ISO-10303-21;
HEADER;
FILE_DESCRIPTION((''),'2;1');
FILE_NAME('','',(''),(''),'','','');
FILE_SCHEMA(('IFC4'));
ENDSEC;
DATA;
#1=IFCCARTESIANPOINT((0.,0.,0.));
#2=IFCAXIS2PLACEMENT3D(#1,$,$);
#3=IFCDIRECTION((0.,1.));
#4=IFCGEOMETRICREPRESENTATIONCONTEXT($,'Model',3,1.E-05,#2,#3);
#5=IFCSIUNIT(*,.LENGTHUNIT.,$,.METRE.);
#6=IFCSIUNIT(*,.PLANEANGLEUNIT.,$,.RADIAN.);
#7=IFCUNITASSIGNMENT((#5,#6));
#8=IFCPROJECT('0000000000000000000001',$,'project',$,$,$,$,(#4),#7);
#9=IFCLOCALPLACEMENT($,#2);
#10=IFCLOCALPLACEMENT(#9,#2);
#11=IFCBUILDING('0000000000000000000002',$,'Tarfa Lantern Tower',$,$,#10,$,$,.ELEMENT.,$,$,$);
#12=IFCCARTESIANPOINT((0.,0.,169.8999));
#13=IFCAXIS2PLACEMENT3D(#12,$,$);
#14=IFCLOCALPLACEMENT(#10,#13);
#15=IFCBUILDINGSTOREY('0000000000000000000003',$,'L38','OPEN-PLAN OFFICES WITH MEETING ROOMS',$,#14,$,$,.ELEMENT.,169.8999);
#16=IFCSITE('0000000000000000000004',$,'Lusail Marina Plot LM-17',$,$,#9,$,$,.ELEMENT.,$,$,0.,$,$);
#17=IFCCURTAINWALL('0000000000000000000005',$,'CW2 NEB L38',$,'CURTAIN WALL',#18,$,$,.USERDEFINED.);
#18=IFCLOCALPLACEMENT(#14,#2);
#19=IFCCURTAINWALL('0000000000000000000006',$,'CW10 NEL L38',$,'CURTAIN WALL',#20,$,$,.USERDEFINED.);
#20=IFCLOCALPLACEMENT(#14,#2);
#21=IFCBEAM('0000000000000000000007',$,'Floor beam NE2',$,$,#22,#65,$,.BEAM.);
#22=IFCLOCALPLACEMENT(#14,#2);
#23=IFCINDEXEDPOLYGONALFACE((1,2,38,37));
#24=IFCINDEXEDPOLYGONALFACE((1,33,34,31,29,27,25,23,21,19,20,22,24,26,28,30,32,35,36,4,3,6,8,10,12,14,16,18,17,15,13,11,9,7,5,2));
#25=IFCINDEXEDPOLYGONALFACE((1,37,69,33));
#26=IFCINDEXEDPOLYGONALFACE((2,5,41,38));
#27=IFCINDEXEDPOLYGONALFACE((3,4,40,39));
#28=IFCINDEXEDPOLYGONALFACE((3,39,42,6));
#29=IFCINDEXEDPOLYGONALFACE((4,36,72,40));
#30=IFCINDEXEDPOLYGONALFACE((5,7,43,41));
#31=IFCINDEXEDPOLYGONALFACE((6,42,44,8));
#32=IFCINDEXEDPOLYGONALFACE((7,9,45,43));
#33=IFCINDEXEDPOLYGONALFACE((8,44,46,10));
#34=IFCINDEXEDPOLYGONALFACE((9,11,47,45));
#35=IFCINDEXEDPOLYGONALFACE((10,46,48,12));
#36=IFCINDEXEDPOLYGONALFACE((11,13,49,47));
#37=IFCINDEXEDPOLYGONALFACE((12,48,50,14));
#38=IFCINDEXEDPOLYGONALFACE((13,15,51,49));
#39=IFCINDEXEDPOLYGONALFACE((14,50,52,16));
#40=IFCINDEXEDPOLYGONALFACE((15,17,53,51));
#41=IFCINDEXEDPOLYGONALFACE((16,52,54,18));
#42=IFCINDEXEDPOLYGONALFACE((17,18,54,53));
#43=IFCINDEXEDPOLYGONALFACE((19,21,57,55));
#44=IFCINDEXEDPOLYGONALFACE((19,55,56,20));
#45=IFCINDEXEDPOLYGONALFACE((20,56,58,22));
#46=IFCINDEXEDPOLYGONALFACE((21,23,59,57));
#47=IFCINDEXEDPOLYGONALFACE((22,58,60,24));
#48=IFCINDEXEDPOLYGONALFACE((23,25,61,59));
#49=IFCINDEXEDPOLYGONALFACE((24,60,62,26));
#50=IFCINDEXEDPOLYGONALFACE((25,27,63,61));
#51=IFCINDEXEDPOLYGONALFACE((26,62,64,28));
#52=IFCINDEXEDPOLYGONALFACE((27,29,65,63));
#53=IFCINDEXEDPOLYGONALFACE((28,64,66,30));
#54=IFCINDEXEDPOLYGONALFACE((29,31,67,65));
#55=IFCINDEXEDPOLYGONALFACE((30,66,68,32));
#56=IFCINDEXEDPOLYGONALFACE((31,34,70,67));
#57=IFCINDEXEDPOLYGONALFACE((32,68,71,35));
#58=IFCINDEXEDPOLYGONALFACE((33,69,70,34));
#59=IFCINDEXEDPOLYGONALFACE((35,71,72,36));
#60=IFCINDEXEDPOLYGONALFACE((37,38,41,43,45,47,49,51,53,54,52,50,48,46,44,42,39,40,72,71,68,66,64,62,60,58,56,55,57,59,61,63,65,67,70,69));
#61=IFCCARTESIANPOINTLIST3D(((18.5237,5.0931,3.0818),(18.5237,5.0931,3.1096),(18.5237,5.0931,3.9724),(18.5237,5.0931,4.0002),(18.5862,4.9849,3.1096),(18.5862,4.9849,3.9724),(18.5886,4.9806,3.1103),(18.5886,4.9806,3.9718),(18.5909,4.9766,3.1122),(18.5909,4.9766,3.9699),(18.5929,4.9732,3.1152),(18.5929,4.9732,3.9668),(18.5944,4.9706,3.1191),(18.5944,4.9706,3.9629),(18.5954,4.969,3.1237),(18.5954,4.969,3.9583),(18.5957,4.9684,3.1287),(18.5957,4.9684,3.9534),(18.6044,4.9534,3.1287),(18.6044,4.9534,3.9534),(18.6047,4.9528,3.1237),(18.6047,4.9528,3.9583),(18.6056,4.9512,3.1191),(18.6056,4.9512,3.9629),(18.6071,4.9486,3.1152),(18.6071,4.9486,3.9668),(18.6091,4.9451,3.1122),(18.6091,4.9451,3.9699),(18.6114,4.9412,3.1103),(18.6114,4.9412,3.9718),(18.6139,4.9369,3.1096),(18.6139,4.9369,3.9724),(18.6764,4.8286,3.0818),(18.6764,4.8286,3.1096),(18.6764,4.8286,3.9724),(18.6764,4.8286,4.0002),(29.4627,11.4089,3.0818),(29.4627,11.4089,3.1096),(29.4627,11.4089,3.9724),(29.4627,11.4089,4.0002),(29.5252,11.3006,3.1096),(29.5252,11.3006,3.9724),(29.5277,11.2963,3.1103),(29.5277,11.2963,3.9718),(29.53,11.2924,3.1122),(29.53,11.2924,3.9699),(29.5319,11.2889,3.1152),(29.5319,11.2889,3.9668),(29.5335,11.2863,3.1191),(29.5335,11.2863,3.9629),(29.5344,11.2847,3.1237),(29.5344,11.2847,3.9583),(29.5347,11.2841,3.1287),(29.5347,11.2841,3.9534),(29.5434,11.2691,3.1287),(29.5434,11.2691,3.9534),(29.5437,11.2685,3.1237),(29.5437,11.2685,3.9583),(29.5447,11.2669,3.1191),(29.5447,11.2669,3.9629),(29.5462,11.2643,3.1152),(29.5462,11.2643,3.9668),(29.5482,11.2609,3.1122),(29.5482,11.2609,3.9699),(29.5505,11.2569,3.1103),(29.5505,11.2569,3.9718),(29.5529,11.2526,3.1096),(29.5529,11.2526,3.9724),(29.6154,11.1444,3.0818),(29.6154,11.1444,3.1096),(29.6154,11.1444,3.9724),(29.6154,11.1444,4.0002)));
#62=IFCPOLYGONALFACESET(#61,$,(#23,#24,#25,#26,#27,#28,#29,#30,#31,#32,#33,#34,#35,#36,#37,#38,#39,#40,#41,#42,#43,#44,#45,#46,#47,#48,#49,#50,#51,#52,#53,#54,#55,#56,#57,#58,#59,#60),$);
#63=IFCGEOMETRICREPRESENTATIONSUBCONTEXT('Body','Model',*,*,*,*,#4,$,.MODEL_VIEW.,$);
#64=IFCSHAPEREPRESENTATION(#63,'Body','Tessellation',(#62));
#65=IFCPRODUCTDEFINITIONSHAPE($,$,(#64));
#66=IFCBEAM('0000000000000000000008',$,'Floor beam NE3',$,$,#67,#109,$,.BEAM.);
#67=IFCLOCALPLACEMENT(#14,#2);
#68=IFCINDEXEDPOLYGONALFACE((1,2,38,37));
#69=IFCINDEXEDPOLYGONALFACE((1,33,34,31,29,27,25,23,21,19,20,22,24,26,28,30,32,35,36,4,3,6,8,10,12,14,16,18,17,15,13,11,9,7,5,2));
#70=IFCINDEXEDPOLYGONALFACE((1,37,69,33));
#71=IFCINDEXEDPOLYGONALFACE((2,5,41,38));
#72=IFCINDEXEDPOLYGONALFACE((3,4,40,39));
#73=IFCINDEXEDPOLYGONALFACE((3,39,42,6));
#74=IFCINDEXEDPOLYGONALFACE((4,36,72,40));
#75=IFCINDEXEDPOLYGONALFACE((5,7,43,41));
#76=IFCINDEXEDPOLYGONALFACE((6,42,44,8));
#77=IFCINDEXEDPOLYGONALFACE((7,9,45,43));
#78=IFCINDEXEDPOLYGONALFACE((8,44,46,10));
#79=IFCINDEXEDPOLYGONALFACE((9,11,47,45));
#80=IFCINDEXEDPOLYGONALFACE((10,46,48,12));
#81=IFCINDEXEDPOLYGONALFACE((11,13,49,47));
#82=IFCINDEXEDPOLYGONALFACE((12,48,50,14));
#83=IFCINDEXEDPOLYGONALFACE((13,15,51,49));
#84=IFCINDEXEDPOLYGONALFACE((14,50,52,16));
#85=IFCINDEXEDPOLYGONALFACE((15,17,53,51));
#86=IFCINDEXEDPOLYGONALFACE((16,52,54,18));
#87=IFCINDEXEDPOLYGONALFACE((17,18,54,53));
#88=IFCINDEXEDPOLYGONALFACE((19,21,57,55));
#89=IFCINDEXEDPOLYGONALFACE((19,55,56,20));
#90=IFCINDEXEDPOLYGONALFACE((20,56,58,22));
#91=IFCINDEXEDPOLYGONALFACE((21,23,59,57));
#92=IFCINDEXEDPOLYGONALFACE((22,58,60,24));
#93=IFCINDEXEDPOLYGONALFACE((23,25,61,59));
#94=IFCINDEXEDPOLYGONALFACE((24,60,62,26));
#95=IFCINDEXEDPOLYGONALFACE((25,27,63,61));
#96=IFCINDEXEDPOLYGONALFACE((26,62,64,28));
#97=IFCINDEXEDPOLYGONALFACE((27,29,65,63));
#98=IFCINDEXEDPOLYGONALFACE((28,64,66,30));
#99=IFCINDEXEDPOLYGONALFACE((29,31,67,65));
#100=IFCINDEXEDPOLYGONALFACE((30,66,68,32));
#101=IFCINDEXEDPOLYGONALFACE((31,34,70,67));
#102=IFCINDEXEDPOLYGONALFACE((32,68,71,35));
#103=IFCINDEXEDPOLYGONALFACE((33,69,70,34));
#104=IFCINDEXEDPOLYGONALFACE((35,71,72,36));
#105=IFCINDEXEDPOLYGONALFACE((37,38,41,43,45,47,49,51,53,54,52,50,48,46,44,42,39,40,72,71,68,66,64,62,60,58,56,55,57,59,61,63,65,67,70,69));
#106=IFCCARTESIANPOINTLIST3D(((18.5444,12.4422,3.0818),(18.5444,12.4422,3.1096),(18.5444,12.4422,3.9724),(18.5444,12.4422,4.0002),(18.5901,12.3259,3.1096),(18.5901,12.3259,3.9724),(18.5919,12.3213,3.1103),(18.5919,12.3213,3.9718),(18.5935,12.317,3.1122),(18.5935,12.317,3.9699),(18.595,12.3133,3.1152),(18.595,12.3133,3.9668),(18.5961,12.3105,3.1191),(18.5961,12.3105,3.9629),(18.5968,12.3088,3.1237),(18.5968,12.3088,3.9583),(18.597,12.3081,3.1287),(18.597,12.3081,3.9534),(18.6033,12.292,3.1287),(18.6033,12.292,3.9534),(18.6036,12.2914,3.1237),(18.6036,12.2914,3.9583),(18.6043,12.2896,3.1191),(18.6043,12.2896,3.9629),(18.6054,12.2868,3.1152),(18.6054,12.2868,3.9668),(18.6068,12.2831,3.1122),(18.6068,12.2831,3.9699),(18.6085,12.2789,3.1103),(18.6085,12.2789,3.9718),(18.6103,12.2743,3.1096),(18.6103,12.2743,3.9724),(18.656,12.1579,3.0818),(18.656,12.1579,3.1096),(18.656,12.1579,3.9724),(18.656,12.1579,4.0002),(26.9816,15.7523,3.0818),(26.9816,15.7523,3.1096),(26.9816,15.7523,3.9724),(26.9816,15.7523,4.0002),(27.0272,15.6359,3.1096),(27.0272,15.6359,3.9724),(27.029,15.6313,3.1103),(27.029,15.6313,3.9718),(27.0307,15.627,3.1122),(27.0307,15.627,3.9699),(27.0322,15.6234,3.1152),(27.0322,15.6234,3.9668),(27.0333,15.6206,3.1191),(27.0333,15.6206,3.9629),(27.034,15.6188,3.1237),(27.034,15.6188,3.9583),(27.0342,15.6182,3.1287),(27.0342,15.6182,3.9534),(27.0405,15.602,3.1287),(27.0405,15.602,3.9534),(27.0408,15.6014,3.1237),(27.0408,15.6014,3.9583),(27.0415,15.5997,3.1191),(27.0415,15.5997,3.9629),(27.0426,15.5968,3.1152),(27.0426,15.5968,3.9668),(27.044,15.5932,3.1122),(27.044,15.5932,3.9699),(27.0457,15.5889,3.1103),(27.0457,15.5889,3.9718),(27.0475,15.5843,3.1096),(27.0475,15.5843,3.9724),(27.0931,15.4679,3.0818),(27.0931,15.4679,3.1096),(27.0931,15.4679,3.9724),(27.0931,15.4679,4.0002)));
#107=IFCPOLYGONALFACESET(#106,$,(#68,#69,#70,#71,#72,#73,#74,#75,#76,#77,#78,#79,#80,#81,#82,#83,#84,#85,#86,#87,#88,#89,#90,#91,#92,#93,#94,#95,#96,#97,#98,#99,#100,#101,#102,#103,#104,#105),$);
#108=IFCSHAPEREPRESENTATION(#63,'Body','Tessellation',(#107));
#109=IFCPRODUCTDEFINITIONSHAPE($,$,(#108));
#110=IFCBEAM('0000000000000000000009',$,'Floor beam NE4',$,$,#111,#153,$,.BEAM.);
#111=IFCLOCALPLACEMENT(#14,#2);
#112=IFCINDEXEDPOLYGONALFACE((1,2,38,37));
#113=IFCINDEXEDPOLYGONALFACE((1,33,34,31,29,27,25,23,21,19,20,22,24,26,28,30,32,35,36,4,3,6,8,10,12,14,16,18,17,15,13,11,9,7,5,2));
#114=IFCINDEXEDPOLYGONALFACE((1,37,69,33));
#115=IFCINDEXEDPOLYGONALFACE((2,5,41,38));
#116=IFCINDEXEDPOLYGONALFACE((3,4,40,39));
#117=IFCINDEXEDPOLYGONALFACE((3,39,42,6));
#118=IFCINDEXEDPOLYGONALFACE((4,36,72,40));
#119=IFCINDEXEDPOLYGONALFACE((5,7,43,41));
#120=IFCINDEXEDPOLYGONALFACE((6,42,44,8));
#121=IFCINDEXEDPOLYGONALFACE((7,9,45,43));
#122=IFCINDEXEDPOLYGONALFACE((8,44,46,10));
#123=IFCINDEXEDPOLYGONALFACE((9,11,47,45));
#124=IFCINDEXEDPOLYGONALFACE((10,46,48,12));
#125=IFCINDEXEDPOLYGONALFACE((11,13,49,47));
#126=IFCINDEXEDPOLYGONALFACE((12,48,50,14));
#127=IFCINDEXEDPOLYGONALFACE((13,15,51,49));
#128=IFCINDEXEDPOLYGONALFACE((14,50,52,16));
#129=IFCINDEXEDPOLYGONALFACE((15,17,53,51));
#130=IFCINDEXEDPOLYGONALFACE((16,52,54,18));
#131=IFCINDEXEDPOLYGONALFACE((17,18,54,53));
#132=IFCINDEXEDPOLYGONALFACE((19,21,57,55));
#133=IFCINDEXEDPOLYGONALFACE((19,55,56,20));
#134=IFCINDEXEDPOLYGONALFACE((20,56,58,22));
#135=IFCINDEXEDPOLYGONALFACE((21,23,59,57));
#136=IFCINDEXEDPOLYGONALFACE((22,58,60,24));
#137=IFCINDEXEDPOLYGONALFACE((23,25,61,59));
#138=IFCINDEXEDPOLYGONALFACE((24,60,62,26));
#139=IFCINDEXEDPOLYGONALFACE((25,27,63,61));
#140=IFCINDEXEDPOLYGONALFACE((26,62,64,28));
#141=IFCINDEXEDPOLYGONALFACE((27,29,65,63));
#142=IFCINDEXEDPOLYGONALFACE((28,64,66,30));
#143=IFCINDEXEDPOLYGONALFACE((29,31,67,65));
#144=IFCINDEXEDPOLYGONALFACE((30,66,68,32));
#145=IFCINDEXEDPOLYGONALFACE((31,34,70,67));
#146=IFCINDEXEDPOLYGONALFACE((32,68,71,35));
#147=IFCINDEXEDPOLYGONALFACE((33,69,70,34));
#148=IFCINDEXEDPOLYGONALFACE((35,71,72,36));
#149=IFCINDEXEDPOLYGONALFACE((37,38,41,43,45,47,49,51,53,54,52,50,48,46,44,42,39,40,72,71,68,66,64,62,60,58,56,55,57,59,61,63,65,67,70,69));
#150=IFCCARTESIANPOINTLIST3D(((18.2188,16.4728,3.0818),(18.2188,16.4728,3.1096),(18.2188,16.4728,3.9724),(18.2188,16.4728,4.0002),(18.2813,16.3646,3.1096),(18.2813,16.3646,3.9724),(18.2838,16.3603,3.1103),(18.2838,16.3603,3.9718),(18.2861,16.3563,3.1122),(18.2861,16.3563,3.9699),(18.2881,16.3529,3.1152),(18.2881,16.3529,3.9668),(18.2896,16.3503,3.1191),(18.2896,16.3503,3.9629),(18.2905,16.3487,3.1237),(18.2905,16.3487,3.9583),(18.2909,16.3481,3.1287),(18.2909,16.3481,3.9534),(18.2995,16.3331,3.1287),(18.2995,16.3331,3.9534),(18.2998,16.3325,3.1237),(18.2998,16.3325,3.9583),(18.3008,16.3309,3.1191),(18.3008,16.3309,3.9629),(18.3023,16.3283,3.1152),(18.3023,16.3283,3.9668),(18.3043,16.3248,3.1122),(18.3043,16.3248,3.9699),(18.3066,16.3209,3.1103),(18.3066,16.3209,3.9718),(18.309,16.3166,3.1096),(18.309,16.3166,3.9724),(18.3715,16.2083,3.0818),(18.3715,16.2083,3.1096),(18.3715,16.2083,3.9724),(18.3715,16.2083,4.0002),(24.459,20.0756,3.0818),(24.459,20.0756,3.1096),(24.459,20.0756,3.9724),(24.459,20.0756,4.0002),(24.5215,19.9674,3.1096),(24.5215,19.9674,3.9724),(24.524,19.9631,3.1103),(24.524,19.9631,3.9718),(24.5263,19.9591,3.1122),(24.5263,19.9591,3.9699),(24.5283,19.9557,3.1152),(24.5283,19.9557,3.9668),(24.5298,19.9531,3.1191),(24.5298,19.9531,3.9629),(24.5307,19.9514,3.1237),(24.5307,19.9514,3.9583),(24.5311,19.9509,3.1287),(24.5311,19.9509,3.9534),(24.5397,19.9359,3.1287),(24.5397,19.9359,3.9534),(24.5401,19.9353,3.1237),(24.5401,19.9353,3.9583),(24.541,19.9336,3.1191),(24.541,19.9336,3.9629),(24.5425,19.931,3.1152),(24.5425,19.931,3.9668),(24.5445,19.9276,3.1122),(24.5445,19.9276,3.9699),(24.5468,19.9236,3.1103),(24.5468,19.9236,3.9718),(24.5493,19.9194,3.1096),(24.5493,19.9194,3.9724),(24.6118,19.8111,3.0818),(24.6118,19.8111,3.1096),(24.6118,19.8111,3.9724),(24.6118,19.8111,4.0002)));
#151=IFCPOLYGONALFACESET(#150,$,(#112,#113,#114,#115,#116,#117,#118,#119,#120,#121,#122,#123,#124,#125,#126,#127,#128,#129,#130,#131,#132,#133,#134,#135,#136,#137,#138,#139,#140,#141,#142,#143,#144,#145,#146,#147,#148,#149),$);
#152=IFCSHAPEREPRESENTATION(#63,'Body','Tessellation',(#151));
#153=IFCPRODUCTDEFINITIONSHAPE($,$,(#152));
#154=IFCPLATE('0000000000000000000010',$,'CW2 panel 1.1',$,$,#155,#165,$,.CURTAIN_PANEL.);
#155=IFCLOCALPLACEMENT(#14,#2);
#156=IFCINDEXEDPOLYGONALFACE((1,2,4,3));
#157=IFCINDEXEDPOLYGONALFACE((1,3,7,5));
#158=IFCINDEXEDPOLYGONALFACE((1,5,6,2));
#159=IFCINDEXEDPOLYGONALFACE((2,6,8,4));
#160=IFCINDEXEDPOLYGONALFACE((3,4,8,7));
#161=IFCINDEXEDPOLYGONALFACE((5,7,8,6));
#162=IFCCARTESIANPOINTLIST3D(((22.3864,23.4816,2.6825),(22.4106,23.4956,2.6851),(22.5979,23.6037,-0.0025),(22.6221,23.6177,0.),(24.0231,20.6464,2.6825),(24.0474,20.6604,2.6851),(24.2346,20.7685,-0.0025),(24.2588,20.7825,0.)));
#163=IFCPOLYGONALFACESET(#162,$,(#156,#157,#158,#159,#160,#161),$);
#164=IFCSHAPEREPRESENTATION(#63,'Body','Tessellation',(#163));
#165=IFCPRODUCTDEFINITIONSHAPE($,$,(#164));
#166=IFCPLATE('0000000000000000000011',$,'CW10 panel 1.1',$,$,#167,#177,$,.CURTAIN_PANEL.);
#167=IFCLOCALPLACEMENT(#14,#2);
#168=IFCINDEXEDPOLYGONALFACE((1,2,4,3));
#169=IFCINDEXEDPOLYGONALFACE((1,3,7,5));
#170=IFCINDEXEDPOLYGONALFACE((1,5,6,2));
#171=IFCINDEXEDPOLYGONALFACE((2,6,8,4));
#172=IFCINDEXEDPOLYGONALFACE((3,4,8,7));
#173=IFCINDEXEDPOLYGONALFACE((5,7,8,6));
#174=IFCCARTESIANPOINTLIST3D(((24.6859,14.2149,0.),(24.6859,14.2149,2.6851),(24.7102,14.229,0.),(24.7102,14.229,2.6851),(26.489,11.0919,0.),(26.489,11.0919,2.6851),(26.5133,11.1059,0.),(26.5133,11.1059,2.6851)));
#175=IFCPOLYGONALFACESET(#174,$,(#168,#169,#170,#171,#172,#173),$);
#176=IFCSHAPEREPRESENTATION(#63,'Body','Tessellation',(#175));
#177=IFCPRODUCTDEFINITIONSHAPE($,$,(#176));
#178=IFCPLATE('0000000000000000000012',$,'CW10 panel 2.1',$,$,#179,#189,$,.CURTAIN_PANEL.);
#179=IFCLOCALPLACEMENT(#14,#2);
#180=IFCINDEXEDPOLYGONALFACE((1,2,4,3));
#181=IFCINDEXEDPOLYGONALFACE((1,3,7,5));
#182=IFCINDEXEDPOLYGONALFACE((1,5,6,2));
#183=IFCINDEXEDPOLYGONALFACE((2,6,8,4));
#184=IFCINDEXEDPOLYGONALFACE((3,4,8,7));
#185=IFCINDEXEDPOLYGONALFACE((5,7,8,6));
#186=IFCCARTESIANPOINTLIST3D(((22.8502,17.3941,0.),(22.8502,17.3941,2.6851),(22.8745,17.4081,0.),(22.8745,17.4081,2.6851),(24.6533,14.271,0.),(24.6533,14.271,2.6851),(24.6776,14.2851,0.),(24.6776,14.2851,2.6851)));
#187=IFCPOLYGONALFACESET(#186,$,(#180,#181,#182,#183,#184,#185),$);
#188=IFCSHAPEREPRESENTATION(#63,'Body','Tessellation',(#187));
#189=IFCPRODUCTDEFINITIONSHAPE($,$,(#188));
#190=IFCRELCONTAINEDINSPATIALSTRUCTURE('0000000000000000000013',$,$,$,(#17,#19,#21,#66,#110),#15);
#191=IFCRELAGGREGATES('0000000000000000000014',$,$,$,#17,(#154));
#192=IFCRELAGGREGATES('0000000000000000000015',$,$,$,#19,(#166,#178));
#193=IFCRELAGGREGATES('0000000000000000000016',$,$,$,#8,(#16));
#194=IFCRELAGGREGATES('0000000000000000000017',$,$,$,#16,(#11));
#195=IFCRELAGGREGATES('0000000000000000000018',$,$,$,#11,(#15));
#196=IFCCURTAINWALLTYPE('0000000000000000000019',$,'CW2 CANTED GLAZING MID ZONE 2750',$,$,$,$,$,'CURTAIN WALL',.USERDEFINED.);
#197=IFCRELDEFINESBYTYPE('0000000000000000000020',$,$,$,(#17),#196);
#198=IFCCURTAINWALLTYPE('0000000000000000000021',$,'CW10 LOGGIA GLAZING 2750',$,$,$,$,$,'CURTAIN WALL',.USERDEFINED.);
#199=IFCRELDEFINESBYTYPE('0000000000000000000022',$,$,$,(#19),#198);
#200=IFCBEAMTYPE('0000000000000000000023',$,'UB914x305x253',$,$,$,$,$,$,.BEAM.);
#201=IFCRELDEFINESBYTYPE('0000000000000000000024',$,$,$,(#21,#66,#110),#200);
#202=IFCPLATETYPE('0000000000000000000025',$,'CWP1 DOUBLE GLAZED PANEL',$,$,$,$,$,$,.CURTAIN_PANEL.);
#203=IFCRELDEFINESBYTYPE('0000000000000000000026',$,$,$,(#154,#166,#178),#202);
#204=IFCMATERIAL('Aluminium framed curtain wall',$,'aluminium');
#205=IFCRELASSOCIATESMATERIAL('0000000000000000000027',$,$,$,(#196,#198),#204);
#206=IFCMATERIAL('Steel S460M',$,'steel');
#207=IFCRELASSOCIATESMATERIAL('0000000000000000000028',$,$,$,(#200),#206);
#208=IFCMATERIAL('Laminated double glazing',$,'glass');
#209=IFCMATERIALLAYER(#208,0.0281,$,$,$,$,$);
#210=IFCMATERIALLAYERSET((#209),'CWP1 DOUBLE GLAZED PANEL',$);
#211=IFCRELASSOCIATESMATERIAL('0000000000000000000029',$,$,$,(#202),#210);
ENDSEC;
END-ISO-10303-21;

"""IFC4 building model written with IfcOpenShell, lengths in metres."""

from ifc_helpers import new_model, si_unit, direction, frame, origin, origin_2d, place, context, subcontext, project, spatial, polyline, rectangle, i_section, outline, extrude, material, layer, layer_set, material_profile, profile_set, type_object, element, aggregate, save


model = new_model("IFC4")

# Units and contexts
model_context = context("Model", 3, precision=1e-05, world=origin(), true_north=direction((0.0, 1.0)))
body_context = subcontext(model_context, "Body", "Model", "MODEL_VIEW")
ifc_project = project(units=[si_unit("LENGTHUNIT", "METRE"), si_unit("PLANEANGLEUNIT", "RADIAN")], contexts=[model_context])

# Site, building, storey
site_placement = place(None, origin())
site = spatial("IfcSite", under=ifc_project, at=site_placement, Name="Lusail Marina Plot LM-17", CompositionType="ELEMENT", RefElevation=0.0)
building_placement = place(site_placement, origin())
building = spatial("IfcBuilding", under=site, at=building_placement, Name="Tarfa Lantern Tower", CompositionType="ELEMENT")
storey_placement = place(building_placement, frame((0.0, 0.0, 169.8999)))
storey = spatial("IfcBuildingStorey", under=building, at=storey_placement, Name="L38", Description="OPEN-PLAN OFFICES WITH MEETING ROOMS", CompositionType="ELEMENT", Elevation=169.8999)

# Curtain wall
ifc_material_1 = material(Name="Aluminium framed curtain wall", Category="aluminium")
curtain_wall_type_1 = type_object("IfcCurtainWallType", Name="CW2 CANTED GLAZING MID ZONE 2750", ElementType="CURTAIN WALL", PredefinedType="USERDEFINED", material=ifc_material_1)
curtain_wall_1_placement = place(storey_placement, origin())
curtain_wall_1 = element("IfcCurtainWall", 1, at=curtain_wall_1_placement, inside=storey, type_object=curtain_wall_type_1, Name="CW2 NEB L38", ObjectType="CURTAIN WALL", PredefinedType="USERDEFINED")

# Curtain wall
curtain_wall_type_2 = type_object("IfcCurtainWallType", Name="CW10 LOGGIA GLAZING 2750", ElementType="CURTAIN WALL", PredefinedType="USERDEFINED", material=ifc_material_1)
curtain_wall_2_placement = place(storey_placement, origin())
curtain_wall_2 = element("IfcCurtainWall", 2, at=curtain_wall_2_placement, inside=storey, type_object=curtain_wall_type_2, Name="CW10 NEL L38", ObjectType="CURTAIN WALL", PredefinedType="USERDEFINED")

# Beams
ifc_material_2 = material(Name="Steel S460M", Category="steel")
ifc_material_profile_1 = material_profile(ifc_material_2, i_section(OverallWidth=0.3054, OverallDepth=0.9185, WebThickness=0.0173, FlangeThickness=0.0278, FilletRadius=0.019, at=origin_2d()), Name="UB914x305x253")
ifc_profile_set_1 = profile_set([ifc_material_profile_1], Name="Steel S460M")
beam_type_1 = type_object("IfcBeamType", Name="UB914x305x253", PredefinedType="BEAM", material=ifc_profile_set_1)
beam_1_placement = place(storey_placement, frame((29.5391, 11.2766, 3.541), z_axis=(-0.866023, -0.500004, 0.0), x_axis=(0.500004, -0.866023, 0.0)))
element("IfcBeam", 3, at=beam_1_placement, inside=storey, type_object=beam_type_1, Name="Floor beam NE2", PredefinedType="BEAM", context=body_context, shape_type="SweptSolid", body=[
    extrude(i_section(OverallWidth=0.3054, OverallDepth=0.9185, WebThickness=0.0173, FlangeThickness=0.0278, FilletRadius=0.019, at=origin_2d()), origin(), (0.0, 0.0, 1.0), 12.6313),
])
beam_2_placement = place(storey_placement, frame((27.0374, 15.6101, 3.541), z_axis=(-0.930923, -0.365215, 0.0), x_axis=(0.365215, -0.930923, 0.0)))
element("IfcBeam", 4, at=beam_2_placement, inside=storey, type_object=beam_type_1, Name="Floor beam NE3", PredefinedType="BEAM", context=body_context, shape_type="SweptSolid", body=[
    extrude(i_section(OverallWidth=0.3054, OverallDepth=0.9185, WebThickness=0.0173, FlangeThickness=0.0278, FilletRadius=0.019, at=origin_2d()), origin(), (0.0, 0.0, 1.0), 9.0632),
])
beam_3_placement = place(storey_placement, frame((24.5354, 19.9434, 3.541), z_axis=(-0.866026, -0.499998, 0.0), x_axis=(0.499998, -0.866026, 0.0)))
element("IfcBeam", 5, at=beam_3_placement, inside=storey, type_object=beam_type_1, Name="Floor beam NE4", PredefinedType="BEAM", context=body_context, shape_type="SweptSolid", body=[
    extrude(i_section(OverallWidth=0.3054, OverallDepth=0.9185, WebThickness=0.0173, FlangeThickness=0.0278, FilletRadius=0.019, at=origin_2d()), origin(), (0.0, 0.0, 1.0), 7.2056),
])

# Plates
ifc_material_3 = material(Name="Laminated double glazing", Category="glass")
ifc_layer_1 = layer(ifc_material_3, 0.0281)
ifc_layer_set_1 = layer_set([ifc_layer_1], Name="CWP1 DOUBLE GLAZED PANEL")
plate_type_1 = type_object("IfcPlateType", Name="CWP1 DOUBLE GLAZED PANEL", PredefinedType="CURTAIN_PANEL", material=ifc_layer_set_1)
plate_1_placement = place(storey_placement, frame((24.2588, 20.7825, 0.0), z_axis=(0.862492, 0.497903, 0.09055), x_axis=(-0.499957, 0.86605, 0.0)))
plate_1 = element("IfcPlate", 6, at=plate_1_placement, type_object=plate_type_1, Name="CW2 panel 1.1", PredefinedType="CURTAIN_PANEL", context=body_context, shape_type="SweptSolid", body=[
    extrude(outline(polyline([(0.0, 0.0), (3.2737, 0.0), (3.2737, 2.6961), (0.0, 2.6961), (0.0, 0.0)])), origin(), (0.0, 0.0, -1.0), 0.0281),
])
aggregate(curtain_wall_1, [plate_1])
plate_2_placement = place(storey_placement, frame((25.5996, 12.6604, 0.0), z_axis=(0.0, 0.0, 1.0), x_axis=(-0.5, 0.866025, 0.0)))
plate_2 = element("IfcPlate", 7, at=plate_2_placement, type_object=plate_type_1, Name="CW10 panel 1.1", PredefinedType="CURTAIN_PANEL", context=body_context, shape_type="SweptSolid", body=[
    extrude(rectangle(XDim=3.6062, YDim=0.0281, at=origin_2d()), origin(), (0.0, 0.0, 1.0), 2.6851),
])
plate_3_placement = place(storey_placement, frame((23.7639, 15.8396, 0.0), z_axis=(0.0, 0.0, 1.0), x_axis=(-0.5, 0.866025, 0.0)))
plate_3 = element("IfcPlate", 8, at=plate_3_placement, type_object=plate_type_1, Name="CW10 panel 2.1", PredefinedType="CURTAIN_PANEL", context=body_context, shape_type="SweptSolid", body=[
    extrude(rectangle(XDim=3.6062, YDim=0.0281, at=origin_2d()), origin(), (0.0, 0.0, 1.0), 2.6851),
])
aggregate(curtain_wall_2, [plate_2, plate_3])

save(model, "model.ifc")
